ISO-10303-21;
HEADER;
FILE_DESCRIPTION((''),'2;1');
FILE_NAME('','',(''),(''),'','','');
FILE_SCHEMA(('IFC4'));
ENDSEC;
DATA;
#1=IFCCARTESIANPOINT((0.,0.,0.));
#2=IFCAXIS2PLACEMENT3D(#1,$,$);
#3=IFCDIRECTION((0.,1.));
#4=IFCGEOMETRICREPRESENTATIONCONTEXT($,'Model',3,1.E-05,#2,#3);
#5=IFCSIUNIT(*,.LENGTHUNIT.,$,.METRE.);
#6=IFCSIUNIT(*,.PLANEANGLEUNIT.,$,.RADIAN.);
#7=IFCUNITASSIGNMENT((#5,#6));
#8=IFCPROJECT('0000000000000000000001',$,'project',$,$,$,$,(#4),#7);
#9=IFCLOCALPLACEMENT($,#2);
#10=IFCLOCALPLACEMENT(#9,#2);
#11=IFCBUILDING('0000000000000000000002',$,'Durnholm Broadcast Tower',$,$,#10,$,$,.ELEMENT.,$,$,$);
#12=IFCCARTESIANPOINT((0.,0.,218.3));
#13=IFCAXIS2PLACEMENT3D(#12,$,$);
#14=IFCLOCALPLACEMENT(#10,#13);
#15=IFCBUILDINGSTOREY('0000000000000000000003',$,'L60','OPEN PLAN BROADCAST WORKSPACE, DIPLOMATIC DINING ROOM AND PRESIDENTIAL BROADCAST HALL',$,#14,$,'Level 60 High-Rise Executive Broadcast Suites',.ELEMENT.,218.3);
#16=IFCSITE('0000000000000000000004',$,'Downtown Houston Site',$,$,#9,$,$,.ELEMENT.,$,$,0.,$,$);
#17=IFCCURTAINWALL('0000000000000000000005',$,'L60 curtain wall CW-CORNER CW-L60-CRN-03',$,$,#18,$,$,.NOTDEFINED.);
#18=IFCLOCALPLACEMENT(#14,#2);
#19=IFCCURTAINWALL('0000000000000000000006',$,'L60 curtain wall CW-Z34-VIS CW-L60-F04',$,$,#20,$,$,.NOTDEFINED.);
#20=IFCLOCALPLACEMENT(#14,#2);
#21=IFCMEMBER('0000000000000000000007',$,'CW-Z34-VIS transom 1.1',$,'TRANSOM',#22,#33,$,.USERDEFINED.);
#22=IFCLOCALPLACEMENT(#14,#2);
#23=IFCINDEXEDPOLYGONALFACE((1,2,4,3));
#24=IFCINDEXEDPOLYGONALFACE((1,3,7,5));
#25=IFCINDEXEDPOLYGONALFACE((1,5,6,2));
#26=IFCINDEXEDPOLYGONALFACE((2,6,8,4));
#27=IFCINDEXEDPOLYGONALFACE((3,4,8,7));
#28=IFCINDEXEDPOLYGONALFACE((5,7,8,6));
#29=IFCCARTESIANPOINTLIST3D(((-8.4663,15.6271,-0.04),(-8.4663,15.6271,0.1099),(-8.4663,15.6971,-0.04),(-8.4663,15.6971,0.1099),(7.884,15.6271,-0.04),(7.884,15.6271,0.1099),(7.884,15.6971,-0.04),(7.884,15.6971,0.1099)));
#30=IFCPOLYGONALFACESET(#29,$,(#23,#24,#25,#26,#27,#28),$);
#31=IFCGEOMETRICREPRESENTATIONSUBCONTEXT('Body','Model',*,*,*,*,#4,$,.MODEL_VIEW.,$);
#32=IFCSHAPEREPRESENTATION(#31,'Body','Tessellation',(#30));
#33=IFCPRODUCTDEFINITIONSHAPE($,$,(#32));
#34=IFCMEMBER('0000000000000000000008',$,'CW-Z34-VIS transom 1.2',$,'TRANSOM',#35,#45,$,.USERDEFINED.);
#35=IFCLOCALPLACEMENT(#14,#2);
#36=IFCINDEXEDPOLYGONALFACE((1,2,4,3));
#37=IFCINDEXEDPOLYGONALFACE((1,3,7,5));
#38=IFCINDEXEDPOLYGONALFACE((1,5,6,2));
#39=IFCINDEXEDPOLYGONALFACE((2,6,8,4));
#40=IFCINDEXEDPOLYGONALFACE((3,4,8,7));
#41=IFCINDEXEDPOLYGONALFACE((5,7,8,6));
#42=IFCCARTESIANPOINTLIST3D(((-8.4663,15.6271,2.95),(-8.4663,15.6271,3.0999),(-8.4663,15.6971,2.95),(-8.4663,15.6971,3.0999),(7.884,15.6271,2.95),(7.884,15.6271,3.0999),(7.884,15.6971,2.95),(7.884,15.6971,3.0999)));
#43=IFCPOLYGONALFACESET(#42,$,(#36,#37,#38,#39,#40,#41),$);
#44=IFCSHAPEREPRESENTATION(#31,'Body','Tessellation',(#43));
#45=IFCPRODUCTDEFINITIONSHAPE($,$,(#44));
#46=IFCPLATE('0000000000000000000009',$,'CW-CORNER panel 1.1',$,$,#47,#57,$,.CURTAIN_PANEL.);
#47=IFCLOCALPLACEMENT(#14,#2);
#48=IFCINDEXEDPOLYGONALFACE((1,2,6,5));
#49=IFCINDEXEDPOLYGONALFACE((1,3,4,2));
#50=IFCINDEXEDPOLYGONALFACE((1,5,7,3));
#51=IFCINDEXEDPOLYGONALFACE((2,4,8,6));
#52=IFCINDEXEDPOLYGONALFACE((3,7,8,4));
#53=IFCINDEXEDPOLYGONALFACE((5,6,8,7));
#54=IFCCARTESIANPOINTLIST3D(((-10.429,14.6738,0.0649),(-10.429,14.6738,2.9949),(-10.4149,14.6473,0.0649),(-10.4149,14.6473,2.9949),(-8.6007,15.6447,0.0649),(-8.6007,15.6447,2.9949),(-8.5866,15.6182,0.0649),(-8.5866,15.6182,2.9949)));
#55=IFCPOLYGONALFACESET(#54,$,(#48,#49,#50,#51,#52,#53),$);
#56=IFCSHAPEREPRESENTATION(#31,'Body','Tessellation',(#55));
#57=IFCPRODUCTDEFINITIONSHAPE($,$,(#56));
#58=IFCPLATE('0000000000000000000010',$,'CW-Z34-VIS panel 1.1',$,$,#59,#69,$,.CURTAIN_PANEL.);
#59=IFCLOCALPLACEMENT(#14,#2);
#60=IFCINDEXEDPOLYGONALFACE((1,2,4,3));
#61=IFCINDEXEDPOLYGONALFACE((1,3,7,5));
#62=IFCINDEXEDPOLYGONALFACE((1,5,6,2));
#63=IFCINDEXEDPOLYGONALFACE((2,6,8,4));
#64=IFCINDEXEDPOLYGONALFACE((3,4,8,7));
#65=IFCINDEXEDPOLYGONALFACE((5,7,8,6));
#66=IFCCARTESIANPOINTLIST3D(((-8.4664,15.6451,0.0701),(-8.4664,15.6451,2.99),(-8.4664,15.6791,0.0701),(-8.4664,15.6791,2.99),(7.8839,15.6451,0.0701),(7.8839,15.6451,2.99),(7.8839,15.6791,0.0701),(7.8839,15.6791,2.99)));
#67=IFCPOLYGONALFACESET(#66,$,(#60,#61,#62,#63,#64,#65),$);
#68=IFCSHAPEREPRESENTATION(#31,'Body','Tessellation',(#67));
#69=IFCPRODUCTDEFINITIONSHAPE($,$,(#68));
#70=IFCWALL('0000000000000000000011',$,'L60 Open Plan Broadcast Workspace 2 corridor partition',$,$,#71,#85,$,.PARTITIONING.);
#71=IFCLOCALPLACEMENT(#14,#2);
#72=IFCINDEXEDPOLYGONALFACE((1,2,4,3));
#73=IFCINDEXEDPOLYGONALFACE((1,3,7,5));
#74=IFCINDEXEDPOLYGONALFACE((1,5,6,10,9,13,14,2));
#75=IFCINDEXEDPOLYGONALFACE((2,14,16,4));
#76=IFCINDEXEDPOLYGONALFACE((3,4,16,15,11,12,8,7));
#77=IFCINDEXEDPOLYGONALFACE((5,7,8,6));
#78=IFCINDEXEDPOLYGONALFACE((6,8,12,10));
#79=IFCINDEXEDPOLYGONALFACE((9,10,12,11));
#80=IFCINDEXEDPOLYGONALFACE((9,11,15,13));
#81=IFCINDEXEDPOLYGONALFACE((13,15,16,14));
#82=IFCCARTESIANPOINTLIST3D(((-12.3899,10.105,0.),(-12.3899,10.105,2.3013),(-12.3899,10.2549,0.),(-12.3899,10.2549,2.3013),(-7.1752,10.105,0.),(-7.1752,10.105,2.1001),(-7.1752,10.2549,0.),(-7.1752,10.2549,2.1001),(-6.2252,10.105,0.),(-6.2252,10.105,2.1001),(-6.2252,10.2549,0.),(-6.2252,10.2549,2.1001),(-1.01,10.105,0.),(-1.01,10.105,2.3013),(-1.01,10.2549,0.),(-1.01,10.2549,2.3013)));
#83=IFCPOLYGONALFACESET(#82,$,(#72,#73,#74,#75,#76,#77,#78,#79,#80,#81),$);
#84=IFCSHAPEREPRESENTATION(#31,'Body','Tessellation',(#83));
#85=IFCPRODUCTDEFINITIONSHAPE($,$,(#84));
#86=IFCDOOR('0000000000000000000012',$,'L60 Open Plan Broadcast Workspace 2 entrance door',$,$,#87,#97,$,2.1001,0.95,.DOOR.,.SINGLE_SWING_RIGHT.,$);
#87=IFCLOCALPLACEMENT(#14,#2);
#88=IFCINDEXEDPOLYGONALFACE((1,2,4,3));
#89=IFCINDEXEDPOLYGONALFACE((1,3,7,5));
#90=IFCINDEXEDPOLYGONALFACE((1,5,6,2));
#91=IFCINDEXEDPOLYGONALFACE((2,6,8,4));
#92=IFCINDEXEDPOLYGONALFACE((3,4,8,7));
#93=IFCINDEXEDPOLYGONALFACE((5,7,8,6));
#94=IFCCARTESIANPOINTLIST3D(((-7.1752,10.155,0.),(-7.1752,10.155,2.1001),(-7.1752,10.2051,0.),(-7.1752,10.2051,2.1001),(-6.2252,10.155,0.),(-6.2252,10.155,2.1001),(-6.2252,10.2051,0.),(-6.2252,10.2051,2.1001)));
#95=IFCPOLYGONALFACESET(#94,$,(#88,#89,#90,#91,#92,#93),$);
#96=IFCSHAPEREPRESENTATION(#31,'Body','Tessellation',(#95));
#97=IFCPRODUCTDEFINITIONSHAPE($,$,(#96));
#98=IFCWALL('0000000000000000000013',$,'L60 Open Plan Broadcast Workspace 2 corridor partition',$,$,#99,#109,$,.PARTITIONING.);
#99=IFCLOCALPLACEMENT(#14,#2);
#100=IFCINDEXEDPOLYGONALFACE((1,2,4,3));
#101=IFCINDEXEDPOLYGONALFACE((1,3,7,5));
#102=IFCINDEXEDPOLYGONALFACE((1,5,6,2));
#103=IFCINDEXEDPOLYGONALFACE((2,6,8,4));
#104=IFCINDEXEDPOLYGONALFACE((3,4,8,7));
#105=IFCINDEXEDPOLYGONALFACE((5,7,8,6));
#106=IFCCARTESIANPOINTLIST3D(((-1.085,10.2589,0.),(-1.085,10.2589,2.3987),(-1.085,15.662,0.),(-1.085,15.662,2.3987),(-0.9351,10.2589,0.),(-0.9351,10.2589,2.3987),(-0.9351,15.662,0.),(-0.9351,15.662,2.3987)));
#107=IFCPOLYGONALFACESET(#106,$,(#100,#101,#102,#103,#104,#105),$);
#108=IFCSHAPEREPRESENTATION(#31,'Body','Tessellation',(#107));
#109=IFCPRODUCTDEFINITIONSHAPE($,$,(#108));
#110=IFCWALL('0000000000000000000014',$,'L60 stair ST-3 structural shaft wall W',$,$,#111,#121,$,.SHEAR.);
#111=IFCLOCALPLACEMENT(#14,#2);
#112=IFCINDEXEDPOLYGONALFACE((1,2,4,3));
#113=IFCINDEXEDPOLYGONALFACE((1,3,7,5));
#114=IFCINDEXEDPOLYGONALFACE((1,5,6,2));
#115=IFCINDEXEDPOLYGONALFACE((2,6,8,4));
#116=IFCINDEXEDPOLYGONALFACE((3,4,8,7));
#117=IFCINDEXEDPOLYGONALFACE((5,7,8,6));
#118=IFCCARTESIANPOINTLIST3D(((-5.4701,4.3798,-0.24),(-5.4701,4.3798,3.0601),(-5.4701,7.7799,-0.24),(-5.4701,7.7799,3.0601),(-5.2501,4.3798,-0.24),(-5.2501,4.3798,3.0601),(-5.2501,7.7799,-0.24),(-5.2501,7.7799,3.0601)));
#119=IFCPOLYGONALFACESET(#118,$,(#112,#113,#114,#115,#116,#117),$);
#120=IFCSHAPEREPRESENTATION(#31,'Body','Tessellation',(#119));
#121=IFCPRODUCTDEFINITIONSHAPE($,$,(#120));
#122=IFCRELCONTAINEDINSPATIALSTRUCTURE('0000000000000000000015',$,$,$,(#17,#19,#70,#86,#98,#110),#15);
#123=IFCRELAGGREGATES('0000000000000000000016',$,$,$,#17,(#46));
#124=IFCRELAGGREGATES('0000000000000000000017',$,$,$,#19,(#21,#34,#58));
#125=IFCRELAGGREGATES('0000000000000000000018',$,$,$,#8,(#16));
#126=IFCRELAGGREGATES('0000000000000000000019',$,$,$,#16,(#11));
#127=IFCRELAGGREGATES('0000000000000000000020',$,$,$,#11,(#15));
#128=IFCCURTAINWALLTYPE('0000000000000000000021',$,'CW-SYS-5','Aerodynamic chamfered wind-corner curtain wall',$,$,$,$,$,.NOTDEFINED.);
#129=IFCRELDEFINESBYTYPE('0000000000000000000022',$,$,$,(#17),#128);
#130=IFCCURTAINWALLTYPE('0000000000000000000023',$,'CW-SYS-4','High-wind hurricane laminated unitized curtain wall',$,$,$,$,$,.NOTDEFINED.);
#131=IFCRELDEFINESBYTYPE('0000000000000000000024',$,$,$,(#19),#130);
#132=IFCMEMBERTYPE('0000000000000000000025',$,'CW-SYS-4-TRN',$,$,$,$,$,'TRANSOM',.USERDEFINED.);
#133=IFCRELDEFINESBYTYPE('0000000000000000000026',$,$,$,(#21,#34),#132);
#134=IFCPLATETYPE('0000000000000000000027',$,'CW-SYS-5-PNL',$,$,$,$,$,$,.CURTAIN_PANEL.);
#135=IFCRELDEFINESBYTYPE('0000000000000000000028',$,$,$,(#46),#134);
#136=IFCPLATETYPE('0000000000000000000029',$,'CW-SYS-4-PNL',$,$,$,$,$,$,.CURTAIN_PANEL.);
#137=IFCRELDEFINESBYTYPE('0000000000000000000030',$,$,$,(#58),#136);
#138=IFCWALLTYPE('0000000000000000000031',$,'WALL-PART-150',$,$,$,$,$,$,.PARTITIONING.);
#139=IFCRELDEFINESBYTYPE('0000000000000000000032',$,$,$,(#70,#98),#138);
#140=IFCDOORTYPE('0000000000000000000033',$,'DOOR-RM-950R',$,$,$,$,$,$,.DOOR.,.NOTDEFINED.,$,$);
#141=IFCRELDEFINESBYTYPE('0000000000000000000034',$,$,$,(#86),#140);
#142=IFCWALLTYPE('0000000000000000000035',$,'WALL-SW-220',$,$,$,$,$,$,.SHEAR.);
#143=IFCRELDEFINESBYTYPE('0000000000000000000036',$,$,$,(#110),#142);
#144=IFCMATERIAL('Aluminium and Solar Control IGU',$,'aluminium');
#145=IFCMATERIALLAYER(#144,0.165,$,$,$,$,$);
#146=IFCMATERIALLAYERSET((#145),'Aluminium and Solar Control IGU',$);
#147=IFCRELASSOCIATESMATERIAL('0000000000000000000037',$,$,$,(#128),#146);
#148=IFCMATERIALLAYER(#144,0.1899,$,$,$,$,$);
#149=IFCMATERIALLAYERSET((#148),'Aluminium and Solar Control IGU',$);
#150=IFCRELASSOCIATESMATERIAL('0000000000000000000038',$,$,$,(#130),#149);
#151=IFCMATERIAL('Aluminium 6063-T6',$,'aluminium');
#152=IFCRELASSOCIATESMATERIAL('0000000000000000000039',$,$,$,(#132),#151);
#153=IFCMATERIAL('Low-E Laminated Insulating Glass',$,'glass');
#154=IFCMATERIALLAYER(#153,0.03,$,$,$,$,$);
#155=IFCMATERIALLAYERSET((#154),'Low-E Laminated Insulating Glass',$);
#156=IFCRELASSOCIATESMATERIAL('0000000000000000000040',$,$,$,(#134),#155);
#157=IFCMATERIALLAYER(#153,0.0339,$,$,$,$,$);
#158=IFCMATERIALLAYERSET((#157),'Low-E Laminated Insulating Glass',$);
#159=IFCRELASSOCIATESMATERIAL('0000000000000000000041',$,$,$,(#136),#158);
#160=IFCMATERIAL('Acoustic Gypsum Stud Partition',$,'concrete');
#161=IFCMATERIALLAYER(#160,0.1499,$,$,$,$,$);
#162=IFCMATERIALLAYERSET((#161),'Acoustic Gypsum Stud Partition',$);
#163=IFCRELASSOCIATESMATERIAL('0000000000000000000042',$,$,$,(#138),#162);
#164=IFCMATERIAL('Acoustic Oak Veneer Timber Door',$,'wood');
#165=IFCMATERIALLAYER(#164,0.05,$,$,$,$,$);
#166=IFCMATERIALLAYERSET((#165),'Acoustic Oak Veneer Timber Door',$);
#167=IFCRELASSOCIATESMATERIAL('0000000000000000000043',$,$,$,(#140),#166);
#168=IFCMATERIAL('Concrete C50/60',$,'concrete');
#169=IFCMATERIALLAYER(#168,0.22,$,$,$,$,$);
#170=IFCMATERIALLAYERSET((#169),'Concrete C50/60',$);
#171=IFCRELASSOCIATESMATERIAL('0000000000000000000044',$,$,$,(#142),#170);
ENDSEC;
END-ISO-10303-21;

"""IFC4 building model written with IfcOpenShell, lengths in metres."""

from ifc_helpers import new_model, si_unit, direction, frame, frame_2d, origin, origin_2d, place, context, subcontext, project, spatial, rectangle, extrude, source, transform, mapped, material, layer, layer_set, material_profile, profile_set, type_object, type_shapes, element, fill, aggregate, save


model = new_model("IFC4")

# Units and contexts
model_context = context("Model", 3, precision=1e-05, world=origin(), true_north=direction((0.0, 1.0)))
body_context = subcontext(model_context, "Body", "Model", "MODEL_VIEW")
ifc_project = project(units=[si_unit("LENGTHUNIT", "METRE"), si_unit("PLANEANGLEUNIT", "RADIAN")], contexts=[model_context])

# Site, building, storey
site_placement = place(None, origin())
site = spatial("IfcSite", under=ifc_project, at=site_placement, Name="Downtown Houston Site", CompositionType="ELEMENT", RefElevation=0.0)
building_placement = place(site_placement, origin())
building = spatial("IfcBuilding", under=site, at=building_placement, Name="Durnholm Broadcast Tower", CompositionType="ELEMENT")
storey_placement = place(building_placement, frame((0.0, 0.0, 218.3)))
storey = spatial("IfcBuildingStorey", under=building, at=storey_placement, Name="L60", Description="OPEN PLAN BROADCAST WORKSPACE, DIPLOMATIC DINING ROOM AND PRESIDENTIAL BROADCAST HALL", LongName="Level 60 High-Rise Executive Broadcast Suites", CompositionType="ELEMENT", Elevation=218.3)

# Curtain wall
ifc_material_1 = material(Name="Aluminium and Solar Control IGU", Category="aluminium")
ifc_layer_1 = layer(ifc_material_1, 0.165)
ifc_layer_set_1 = layer_set([ifc_layer_1], Name="Aluminium and Solar Control IGU")
curtain_wall_type_1 = type_object("IfcCurtainWallType", Name="CW-SYS-5", Description="Aerodynamic chamfered wind-corner curtain wall", PredefinedType="NOTDEFINED", material=ifc_layer_set_1)
curtain_wall_1_placement = place(storey_placement, origin())
curtain_wall_1 = element("IfcCurtainWall", 1, at=curtain_wall_1_placement, inside=storey, type_object=curtain_wall_type_1, Name="L60 curtain wall CW-CORNER CW-L60-CRN-03", PredefinedType="NOTDEFINED")
ifc_material_2 = material(Name="Aluminium 6063-T6", Category="aluminium")

# Curtain wall, members
ifc_layer_2 = layer(ifc_material_1, 0.1899)
ifc_layer_set_2 = layer_set([ifc_layer_2], Name="Aluminium and Solar Control IGU")
curtain_wall_type_2 = type_object("IfcCurtainWallType", Name="CW-SYS-4", Description="High-wind hurricane laminated unitized curtain wall", PredefinedType="NOTDEFINED", material=ifc_layer_set_2)
curtain_wall_2_placement = place(storey_placement, origin())
curtain_wall_2 = element("IfcCurtainWall", 2, at=curtain_wall_2_placement, inside=storey, type_object=curtain_wall_type_2, Name="L60 curtain wall CW-Z34-VIS CW-L60-F04", PredefinedType="NOTDEFINED")
ifc_material_profile_1 = material_profile(ifc_material_2, rectangle(XDim=0.0701, YDim=0.1499, at=origin_2d()), Name="CWT70X150")
ifc_profile_set_1 = profile_set([ifc_material_profile_1], Name="Aluminium 6063-T6")
member_type_1 = type_object("IfcMemberType", Name="CW-SYS-4-TRN", ElementType="TRANSOM", PredefinedType="USERDEFINED", material=ifc_profile_set_1)
shared_shape_1 = source(origin(), body_context, "Body", "SweptSolid", [
    extrude(rectangle(XDim=0.0701, YDim=0.1499, at=origin_2d()), origin(), (0.0, 0.0, 1.0), 16.3503),
])
type_shapes(member_type_1, [shared_shape_1])
member_1_placement = place(storey_placement, frame((-8.4663, 15.6621, 0.0349), z_axis=(1.0, 0.0, 0.0), x_axis=(0.0, 1.0, 0.0)))
member_1 = element("IfcMember", 3, at=member_1_placement, type_object=member_type_1, Name="CW-Z34-VIS transom 1.1", ObjectType="TRANSOM", PredefinedType="USERDEFINED", context=body_context, shape_type="MappedRepresentation", body=[
    mapped(shared_shape_1, transform((0.0, 0.0, 0.0), x_axis=(1.0, 0.0, 0.0), y_axis=(0.0, 1.0, 0.0), z_axis=(0.0, 0.0, 1.0), scale=1.0)),
])
member_2_placement = place(storey_placement, frame((-8.4663, 15.6621, 3.0249), z_axis=(1.0, 0.0, 0.0), x_axis=(0.0, 1.0, 0.0)))
member_2 = element("IfcMember", 4, at=member_2_placement, type_object=member_type_1, Name="CW-Z34-VIS transom 1.2", ObjectType="TRANSOM", PredefinedType="USERDEFINED", context=body_context, shape_type="MappedRepresentation", body=[
    mapped(shared_shape_1, transform((0.0, 0.0, 0.0), x_axis=(1.0, 0.0, 0.0), y_axis=(0.0, 1.0, 0.0), z_axis=(0.0, 0.0, 1.0), scale=1.0)),
])

# Plates
ifc_material_3 = material(Name="Low-E Laminated Insulating Glass", Category="glass")
ifc_layer_3 = layer(ifc_material_3, 0.03)
ifc_layer_set_3 = layer_set([ifc_layer_3], Name="Low-E Laminated Insulating Glass")
plate_type_1 = type_object("IfcPlateType", Name="CW-SYS-5-PNL", PredefinedType="CURTAIN_PANEL", material=ifc_layer_set_3)
shared_shape_2 = source(origin(), body_context, "Body", "SweptSolid", [
    extrude(rectangle(XDim=2.0701, YDim=0.03, at=origin_2d()), origin(), (0.0, 0.0, 1.0), 2.9299),
])
type_shapes(plate_type_1, [shared_shape_2])
plate_1_placement = place(storey_placement, frame((-9.5078, 15.146, 0.0649), z_axis=(0.0, 0.0, 1.0), x_axis=(0.883195, 0.469007, 0.0)))
plate_1 = element("IfcPlate", 5, at=plate_1_placement, type_object=plate_type_1, Name="CW-CORNER panel 1.1", PredefinedType="CURTAIN_PANEL", context=body_context, shape_type="MappedRepresentation", body=[
    mapped(shared_shape_2, transform((0.0, 0.0, 0.0), x_axis=(1.0, 0.0, 0.0), y_axis=(0.0, 1.0, 0.0), z_axis=(0.0, 0.0, 1.0), scale=1.0)),
])
aggregate(curtain_wall_1, [plate_1])
ifc_layer_4 = layer(ifc_material_3, 0.0339)
ifc_layer_set_4 = layer_set([ifc_layer_4], Name="Low-E Laminated Insulating Glass")
plate_type_2 = type_object("IfcPlateType", Name="CW-SYS-4-PNL", PredefinedType="CURTAIN_PANEL", material=ifc_layer_set_4)
shared_shape_3 = source(origin(), body_context, "Body", "SweptSolid", [
    extrude(rectangle(XDim=16.3503, YDim=0.0339, at=origin_2d()), origin(), (0.0, 0.0, 1.0), 2.9199),
])
type_shapes(plate_type_2, [shared_shape_3])
plate_2_placement = place(storey_placement, frame((-0.2913, 15.6621, 0.0701), z_axis=(0.0, 0.0, 1.0), x_axis=(1.0, 0.0, 0.0)))
plate_2 = element("IfcPlate", 6, at=plate_2_placement, type_object=plate_type_2, Name="CW-Z34-VIS panel 1.1", PredefinedType="CURTAIN_PANEL", context=body_context, shape_type="MappedRepresentation", body=[
    mapped(shared_shape_3, transform((0.0, 0.0, 0.0), x_axis=(1.0, 0.0, 0.0), y_axis=(0.0, 1.0, 0.0), z_axis=(0.0, 0.0, 1.0), scale=1.0)),
])
aggregate(curtain_wall_2, [member_1, member_2, plate_2])

# Wall, opening, door
ifc_material_4 = material(Name="Acoustic Gypsum Stud Partition", Category="concrete")
ifc_layer_5 = layer(ifc_material_4, 0.1499)
ifc_layer_set_5 = layer_set([ifc_layer_5], Name="Acoustic Gypsum Stud Partition")
wall_type_1 = type_object("IfcWallType", Name="WALL-PART-150", PredefinedType="PARTITIONING", material=ifc_layer_set_5)
wall_1_placement = place(storey_placement, frame((-1.01, 10.1799, 0.0), z_axis=(0.0, 0.0, 1.0), x_axis=(-1.0, 0.0, 0.0)))
wall_1 = element("IfcWall", 7, at=wall_1_placement, inside=storey, type_object=wall_type_1, Name="L60 Open Plan Broadcast Workspace 2 corridor partition", PredefinedType="PARTITIONING", context=body_context, shape_type="SweptSolid", body=[
    extrude(rectangle(XDim=11.3799, YDim=0.1499, at=frame_2d((5.6899, 0.0))), origin(), (0.0, 0.0, 1.0), 2.3013),
])
opening_placement = place(wall_1_placement, frame((5.2151, 0.0, 0.0)))
opening = element("IfcOpeningElement", 8, at=opening_placement, cuts=wall_1, PredefinedType="OPENING", context=body_context, shape_type="SweptSolid", body=[
    extrude(rectangle(XDim=0.95, YDim=2.1001, at=frame_2d((0.4751, 1.05))), frame((0.0, 0.085, 0.0), z_axis=(0.0, -1.0, 0.0), x_axis=(1.0, 0.0, 0.0)), (0.0, 0.0, 1.0), 0.1699),
])
ifc_material_5 = material(Name="Acoustic Oak Veneer Timber Door", Category="wood")
ifc_layer_6 = layer(ifc_material_5, 0.05)
ifc_layer_set_6 = layer_set([ifc_layer_6], Name="Acoustic Oak Veneer Timber Door")
door_type = type_object("IfcDoorType", Name="DOOR-RM-950R", OperationType="NOTDEFINED", PredefinedType="DOOR", material=ifc_layer_set_6)
shared_shape_4 = source(origin(), body_context, "Body", "SweptSolid", [
    extrude(rectangle(XDim=0.95, YDim=2.1001, at=frame_2d((0.4751, 1.05))), frame((0.0, 0.0249, 0.0), z_axis=(0.0, -1.0, 0.0), x_axis=(1.0, 0.0, 0.0)), (0.0, 0.0, 1.0), 0.05),
])
type_shapes(door_type, [shared_shape_4])
door_placement = place(opening_placement, origin())
door = element("IfcDoor", 9, at=door_placement, inside=storey, type_object=door_type, Name="L60 Open Plan Broadcast Workspace 2 entrance door", OperationType="SINGLE_SWING_RIGHT", OverallHeight=2.1001, OverallWidth=0.95, PredefinedType="DOOR", context=body_context, shape_type="MappedRepresentation", body=[
    mapped(shared_shape_4, transform((0.0, 0.0, 0.0), x_axis=(1.0, 0.0, 0.0), y_axis=(0.0, 1.0, 0.0), z_axis=(0.0, 0.0, 1.0), scale=1.0)),
])
fill(opening, door)

# Walls
wall_2_placement = place(storey_placement, frame((-1.01, 15.6621, 0.0), z_axis=(0.0, 0.0, 1.0), x_axis=(0.0, -1.0, 0.0)))
element("IfcWall", 10, at=wall_2_placement, inside=storey, type_object=wall_type_1, Name="L60 Open Plan Broadcast Workspace 2 corridor partition", PredefinedType="PARTITIONING", context=body_context, shape_type="SweptSolid", body=[
    extrude(rectangle(XDim=5.4031, YDim=0.1499, at=frame_2d((2.7017, 0.0))), origin(), (0.0, 0.0, 1.0), 2.3987),
])
ifc_material_6 = material(Name="Concrete C50/60", Category="concrete")
ifc_layer_7 = layer(ifc_material_6, 0.22)
ifc_layer_set_7 = layer_set([ifc_layer_7], Name="Concrete C50/60")
wall_type_2 = type_object("IfcWallType", Name="WALL-SW-220", PredefinedType="SHEAR", material=ifc_layer_set_7)
wall_3_placement = place(storey_placement, frame((-5.3601, 7.78, -0.24), z_axis=(0.0, 0.0, 1.0), x_axis=(0.0, -1.0, 0.0)))
element("IfcWall", 11, at=wall_3_placement, inside=storey, type_object=wall_type_2, Name="L60 stair ST-3 structural shaft wall W", PredefinedType="SHEAR", context=body_context, shape_type="SweptSolid", body=[
    extrude(rectangle(XDim=3.4001, YDim=0.22, at=frame_2d((1.7002, 0.0))), origin(), (0.0, 0.0, 1.0), 3.3),
])

save(model, "model.ifc")
